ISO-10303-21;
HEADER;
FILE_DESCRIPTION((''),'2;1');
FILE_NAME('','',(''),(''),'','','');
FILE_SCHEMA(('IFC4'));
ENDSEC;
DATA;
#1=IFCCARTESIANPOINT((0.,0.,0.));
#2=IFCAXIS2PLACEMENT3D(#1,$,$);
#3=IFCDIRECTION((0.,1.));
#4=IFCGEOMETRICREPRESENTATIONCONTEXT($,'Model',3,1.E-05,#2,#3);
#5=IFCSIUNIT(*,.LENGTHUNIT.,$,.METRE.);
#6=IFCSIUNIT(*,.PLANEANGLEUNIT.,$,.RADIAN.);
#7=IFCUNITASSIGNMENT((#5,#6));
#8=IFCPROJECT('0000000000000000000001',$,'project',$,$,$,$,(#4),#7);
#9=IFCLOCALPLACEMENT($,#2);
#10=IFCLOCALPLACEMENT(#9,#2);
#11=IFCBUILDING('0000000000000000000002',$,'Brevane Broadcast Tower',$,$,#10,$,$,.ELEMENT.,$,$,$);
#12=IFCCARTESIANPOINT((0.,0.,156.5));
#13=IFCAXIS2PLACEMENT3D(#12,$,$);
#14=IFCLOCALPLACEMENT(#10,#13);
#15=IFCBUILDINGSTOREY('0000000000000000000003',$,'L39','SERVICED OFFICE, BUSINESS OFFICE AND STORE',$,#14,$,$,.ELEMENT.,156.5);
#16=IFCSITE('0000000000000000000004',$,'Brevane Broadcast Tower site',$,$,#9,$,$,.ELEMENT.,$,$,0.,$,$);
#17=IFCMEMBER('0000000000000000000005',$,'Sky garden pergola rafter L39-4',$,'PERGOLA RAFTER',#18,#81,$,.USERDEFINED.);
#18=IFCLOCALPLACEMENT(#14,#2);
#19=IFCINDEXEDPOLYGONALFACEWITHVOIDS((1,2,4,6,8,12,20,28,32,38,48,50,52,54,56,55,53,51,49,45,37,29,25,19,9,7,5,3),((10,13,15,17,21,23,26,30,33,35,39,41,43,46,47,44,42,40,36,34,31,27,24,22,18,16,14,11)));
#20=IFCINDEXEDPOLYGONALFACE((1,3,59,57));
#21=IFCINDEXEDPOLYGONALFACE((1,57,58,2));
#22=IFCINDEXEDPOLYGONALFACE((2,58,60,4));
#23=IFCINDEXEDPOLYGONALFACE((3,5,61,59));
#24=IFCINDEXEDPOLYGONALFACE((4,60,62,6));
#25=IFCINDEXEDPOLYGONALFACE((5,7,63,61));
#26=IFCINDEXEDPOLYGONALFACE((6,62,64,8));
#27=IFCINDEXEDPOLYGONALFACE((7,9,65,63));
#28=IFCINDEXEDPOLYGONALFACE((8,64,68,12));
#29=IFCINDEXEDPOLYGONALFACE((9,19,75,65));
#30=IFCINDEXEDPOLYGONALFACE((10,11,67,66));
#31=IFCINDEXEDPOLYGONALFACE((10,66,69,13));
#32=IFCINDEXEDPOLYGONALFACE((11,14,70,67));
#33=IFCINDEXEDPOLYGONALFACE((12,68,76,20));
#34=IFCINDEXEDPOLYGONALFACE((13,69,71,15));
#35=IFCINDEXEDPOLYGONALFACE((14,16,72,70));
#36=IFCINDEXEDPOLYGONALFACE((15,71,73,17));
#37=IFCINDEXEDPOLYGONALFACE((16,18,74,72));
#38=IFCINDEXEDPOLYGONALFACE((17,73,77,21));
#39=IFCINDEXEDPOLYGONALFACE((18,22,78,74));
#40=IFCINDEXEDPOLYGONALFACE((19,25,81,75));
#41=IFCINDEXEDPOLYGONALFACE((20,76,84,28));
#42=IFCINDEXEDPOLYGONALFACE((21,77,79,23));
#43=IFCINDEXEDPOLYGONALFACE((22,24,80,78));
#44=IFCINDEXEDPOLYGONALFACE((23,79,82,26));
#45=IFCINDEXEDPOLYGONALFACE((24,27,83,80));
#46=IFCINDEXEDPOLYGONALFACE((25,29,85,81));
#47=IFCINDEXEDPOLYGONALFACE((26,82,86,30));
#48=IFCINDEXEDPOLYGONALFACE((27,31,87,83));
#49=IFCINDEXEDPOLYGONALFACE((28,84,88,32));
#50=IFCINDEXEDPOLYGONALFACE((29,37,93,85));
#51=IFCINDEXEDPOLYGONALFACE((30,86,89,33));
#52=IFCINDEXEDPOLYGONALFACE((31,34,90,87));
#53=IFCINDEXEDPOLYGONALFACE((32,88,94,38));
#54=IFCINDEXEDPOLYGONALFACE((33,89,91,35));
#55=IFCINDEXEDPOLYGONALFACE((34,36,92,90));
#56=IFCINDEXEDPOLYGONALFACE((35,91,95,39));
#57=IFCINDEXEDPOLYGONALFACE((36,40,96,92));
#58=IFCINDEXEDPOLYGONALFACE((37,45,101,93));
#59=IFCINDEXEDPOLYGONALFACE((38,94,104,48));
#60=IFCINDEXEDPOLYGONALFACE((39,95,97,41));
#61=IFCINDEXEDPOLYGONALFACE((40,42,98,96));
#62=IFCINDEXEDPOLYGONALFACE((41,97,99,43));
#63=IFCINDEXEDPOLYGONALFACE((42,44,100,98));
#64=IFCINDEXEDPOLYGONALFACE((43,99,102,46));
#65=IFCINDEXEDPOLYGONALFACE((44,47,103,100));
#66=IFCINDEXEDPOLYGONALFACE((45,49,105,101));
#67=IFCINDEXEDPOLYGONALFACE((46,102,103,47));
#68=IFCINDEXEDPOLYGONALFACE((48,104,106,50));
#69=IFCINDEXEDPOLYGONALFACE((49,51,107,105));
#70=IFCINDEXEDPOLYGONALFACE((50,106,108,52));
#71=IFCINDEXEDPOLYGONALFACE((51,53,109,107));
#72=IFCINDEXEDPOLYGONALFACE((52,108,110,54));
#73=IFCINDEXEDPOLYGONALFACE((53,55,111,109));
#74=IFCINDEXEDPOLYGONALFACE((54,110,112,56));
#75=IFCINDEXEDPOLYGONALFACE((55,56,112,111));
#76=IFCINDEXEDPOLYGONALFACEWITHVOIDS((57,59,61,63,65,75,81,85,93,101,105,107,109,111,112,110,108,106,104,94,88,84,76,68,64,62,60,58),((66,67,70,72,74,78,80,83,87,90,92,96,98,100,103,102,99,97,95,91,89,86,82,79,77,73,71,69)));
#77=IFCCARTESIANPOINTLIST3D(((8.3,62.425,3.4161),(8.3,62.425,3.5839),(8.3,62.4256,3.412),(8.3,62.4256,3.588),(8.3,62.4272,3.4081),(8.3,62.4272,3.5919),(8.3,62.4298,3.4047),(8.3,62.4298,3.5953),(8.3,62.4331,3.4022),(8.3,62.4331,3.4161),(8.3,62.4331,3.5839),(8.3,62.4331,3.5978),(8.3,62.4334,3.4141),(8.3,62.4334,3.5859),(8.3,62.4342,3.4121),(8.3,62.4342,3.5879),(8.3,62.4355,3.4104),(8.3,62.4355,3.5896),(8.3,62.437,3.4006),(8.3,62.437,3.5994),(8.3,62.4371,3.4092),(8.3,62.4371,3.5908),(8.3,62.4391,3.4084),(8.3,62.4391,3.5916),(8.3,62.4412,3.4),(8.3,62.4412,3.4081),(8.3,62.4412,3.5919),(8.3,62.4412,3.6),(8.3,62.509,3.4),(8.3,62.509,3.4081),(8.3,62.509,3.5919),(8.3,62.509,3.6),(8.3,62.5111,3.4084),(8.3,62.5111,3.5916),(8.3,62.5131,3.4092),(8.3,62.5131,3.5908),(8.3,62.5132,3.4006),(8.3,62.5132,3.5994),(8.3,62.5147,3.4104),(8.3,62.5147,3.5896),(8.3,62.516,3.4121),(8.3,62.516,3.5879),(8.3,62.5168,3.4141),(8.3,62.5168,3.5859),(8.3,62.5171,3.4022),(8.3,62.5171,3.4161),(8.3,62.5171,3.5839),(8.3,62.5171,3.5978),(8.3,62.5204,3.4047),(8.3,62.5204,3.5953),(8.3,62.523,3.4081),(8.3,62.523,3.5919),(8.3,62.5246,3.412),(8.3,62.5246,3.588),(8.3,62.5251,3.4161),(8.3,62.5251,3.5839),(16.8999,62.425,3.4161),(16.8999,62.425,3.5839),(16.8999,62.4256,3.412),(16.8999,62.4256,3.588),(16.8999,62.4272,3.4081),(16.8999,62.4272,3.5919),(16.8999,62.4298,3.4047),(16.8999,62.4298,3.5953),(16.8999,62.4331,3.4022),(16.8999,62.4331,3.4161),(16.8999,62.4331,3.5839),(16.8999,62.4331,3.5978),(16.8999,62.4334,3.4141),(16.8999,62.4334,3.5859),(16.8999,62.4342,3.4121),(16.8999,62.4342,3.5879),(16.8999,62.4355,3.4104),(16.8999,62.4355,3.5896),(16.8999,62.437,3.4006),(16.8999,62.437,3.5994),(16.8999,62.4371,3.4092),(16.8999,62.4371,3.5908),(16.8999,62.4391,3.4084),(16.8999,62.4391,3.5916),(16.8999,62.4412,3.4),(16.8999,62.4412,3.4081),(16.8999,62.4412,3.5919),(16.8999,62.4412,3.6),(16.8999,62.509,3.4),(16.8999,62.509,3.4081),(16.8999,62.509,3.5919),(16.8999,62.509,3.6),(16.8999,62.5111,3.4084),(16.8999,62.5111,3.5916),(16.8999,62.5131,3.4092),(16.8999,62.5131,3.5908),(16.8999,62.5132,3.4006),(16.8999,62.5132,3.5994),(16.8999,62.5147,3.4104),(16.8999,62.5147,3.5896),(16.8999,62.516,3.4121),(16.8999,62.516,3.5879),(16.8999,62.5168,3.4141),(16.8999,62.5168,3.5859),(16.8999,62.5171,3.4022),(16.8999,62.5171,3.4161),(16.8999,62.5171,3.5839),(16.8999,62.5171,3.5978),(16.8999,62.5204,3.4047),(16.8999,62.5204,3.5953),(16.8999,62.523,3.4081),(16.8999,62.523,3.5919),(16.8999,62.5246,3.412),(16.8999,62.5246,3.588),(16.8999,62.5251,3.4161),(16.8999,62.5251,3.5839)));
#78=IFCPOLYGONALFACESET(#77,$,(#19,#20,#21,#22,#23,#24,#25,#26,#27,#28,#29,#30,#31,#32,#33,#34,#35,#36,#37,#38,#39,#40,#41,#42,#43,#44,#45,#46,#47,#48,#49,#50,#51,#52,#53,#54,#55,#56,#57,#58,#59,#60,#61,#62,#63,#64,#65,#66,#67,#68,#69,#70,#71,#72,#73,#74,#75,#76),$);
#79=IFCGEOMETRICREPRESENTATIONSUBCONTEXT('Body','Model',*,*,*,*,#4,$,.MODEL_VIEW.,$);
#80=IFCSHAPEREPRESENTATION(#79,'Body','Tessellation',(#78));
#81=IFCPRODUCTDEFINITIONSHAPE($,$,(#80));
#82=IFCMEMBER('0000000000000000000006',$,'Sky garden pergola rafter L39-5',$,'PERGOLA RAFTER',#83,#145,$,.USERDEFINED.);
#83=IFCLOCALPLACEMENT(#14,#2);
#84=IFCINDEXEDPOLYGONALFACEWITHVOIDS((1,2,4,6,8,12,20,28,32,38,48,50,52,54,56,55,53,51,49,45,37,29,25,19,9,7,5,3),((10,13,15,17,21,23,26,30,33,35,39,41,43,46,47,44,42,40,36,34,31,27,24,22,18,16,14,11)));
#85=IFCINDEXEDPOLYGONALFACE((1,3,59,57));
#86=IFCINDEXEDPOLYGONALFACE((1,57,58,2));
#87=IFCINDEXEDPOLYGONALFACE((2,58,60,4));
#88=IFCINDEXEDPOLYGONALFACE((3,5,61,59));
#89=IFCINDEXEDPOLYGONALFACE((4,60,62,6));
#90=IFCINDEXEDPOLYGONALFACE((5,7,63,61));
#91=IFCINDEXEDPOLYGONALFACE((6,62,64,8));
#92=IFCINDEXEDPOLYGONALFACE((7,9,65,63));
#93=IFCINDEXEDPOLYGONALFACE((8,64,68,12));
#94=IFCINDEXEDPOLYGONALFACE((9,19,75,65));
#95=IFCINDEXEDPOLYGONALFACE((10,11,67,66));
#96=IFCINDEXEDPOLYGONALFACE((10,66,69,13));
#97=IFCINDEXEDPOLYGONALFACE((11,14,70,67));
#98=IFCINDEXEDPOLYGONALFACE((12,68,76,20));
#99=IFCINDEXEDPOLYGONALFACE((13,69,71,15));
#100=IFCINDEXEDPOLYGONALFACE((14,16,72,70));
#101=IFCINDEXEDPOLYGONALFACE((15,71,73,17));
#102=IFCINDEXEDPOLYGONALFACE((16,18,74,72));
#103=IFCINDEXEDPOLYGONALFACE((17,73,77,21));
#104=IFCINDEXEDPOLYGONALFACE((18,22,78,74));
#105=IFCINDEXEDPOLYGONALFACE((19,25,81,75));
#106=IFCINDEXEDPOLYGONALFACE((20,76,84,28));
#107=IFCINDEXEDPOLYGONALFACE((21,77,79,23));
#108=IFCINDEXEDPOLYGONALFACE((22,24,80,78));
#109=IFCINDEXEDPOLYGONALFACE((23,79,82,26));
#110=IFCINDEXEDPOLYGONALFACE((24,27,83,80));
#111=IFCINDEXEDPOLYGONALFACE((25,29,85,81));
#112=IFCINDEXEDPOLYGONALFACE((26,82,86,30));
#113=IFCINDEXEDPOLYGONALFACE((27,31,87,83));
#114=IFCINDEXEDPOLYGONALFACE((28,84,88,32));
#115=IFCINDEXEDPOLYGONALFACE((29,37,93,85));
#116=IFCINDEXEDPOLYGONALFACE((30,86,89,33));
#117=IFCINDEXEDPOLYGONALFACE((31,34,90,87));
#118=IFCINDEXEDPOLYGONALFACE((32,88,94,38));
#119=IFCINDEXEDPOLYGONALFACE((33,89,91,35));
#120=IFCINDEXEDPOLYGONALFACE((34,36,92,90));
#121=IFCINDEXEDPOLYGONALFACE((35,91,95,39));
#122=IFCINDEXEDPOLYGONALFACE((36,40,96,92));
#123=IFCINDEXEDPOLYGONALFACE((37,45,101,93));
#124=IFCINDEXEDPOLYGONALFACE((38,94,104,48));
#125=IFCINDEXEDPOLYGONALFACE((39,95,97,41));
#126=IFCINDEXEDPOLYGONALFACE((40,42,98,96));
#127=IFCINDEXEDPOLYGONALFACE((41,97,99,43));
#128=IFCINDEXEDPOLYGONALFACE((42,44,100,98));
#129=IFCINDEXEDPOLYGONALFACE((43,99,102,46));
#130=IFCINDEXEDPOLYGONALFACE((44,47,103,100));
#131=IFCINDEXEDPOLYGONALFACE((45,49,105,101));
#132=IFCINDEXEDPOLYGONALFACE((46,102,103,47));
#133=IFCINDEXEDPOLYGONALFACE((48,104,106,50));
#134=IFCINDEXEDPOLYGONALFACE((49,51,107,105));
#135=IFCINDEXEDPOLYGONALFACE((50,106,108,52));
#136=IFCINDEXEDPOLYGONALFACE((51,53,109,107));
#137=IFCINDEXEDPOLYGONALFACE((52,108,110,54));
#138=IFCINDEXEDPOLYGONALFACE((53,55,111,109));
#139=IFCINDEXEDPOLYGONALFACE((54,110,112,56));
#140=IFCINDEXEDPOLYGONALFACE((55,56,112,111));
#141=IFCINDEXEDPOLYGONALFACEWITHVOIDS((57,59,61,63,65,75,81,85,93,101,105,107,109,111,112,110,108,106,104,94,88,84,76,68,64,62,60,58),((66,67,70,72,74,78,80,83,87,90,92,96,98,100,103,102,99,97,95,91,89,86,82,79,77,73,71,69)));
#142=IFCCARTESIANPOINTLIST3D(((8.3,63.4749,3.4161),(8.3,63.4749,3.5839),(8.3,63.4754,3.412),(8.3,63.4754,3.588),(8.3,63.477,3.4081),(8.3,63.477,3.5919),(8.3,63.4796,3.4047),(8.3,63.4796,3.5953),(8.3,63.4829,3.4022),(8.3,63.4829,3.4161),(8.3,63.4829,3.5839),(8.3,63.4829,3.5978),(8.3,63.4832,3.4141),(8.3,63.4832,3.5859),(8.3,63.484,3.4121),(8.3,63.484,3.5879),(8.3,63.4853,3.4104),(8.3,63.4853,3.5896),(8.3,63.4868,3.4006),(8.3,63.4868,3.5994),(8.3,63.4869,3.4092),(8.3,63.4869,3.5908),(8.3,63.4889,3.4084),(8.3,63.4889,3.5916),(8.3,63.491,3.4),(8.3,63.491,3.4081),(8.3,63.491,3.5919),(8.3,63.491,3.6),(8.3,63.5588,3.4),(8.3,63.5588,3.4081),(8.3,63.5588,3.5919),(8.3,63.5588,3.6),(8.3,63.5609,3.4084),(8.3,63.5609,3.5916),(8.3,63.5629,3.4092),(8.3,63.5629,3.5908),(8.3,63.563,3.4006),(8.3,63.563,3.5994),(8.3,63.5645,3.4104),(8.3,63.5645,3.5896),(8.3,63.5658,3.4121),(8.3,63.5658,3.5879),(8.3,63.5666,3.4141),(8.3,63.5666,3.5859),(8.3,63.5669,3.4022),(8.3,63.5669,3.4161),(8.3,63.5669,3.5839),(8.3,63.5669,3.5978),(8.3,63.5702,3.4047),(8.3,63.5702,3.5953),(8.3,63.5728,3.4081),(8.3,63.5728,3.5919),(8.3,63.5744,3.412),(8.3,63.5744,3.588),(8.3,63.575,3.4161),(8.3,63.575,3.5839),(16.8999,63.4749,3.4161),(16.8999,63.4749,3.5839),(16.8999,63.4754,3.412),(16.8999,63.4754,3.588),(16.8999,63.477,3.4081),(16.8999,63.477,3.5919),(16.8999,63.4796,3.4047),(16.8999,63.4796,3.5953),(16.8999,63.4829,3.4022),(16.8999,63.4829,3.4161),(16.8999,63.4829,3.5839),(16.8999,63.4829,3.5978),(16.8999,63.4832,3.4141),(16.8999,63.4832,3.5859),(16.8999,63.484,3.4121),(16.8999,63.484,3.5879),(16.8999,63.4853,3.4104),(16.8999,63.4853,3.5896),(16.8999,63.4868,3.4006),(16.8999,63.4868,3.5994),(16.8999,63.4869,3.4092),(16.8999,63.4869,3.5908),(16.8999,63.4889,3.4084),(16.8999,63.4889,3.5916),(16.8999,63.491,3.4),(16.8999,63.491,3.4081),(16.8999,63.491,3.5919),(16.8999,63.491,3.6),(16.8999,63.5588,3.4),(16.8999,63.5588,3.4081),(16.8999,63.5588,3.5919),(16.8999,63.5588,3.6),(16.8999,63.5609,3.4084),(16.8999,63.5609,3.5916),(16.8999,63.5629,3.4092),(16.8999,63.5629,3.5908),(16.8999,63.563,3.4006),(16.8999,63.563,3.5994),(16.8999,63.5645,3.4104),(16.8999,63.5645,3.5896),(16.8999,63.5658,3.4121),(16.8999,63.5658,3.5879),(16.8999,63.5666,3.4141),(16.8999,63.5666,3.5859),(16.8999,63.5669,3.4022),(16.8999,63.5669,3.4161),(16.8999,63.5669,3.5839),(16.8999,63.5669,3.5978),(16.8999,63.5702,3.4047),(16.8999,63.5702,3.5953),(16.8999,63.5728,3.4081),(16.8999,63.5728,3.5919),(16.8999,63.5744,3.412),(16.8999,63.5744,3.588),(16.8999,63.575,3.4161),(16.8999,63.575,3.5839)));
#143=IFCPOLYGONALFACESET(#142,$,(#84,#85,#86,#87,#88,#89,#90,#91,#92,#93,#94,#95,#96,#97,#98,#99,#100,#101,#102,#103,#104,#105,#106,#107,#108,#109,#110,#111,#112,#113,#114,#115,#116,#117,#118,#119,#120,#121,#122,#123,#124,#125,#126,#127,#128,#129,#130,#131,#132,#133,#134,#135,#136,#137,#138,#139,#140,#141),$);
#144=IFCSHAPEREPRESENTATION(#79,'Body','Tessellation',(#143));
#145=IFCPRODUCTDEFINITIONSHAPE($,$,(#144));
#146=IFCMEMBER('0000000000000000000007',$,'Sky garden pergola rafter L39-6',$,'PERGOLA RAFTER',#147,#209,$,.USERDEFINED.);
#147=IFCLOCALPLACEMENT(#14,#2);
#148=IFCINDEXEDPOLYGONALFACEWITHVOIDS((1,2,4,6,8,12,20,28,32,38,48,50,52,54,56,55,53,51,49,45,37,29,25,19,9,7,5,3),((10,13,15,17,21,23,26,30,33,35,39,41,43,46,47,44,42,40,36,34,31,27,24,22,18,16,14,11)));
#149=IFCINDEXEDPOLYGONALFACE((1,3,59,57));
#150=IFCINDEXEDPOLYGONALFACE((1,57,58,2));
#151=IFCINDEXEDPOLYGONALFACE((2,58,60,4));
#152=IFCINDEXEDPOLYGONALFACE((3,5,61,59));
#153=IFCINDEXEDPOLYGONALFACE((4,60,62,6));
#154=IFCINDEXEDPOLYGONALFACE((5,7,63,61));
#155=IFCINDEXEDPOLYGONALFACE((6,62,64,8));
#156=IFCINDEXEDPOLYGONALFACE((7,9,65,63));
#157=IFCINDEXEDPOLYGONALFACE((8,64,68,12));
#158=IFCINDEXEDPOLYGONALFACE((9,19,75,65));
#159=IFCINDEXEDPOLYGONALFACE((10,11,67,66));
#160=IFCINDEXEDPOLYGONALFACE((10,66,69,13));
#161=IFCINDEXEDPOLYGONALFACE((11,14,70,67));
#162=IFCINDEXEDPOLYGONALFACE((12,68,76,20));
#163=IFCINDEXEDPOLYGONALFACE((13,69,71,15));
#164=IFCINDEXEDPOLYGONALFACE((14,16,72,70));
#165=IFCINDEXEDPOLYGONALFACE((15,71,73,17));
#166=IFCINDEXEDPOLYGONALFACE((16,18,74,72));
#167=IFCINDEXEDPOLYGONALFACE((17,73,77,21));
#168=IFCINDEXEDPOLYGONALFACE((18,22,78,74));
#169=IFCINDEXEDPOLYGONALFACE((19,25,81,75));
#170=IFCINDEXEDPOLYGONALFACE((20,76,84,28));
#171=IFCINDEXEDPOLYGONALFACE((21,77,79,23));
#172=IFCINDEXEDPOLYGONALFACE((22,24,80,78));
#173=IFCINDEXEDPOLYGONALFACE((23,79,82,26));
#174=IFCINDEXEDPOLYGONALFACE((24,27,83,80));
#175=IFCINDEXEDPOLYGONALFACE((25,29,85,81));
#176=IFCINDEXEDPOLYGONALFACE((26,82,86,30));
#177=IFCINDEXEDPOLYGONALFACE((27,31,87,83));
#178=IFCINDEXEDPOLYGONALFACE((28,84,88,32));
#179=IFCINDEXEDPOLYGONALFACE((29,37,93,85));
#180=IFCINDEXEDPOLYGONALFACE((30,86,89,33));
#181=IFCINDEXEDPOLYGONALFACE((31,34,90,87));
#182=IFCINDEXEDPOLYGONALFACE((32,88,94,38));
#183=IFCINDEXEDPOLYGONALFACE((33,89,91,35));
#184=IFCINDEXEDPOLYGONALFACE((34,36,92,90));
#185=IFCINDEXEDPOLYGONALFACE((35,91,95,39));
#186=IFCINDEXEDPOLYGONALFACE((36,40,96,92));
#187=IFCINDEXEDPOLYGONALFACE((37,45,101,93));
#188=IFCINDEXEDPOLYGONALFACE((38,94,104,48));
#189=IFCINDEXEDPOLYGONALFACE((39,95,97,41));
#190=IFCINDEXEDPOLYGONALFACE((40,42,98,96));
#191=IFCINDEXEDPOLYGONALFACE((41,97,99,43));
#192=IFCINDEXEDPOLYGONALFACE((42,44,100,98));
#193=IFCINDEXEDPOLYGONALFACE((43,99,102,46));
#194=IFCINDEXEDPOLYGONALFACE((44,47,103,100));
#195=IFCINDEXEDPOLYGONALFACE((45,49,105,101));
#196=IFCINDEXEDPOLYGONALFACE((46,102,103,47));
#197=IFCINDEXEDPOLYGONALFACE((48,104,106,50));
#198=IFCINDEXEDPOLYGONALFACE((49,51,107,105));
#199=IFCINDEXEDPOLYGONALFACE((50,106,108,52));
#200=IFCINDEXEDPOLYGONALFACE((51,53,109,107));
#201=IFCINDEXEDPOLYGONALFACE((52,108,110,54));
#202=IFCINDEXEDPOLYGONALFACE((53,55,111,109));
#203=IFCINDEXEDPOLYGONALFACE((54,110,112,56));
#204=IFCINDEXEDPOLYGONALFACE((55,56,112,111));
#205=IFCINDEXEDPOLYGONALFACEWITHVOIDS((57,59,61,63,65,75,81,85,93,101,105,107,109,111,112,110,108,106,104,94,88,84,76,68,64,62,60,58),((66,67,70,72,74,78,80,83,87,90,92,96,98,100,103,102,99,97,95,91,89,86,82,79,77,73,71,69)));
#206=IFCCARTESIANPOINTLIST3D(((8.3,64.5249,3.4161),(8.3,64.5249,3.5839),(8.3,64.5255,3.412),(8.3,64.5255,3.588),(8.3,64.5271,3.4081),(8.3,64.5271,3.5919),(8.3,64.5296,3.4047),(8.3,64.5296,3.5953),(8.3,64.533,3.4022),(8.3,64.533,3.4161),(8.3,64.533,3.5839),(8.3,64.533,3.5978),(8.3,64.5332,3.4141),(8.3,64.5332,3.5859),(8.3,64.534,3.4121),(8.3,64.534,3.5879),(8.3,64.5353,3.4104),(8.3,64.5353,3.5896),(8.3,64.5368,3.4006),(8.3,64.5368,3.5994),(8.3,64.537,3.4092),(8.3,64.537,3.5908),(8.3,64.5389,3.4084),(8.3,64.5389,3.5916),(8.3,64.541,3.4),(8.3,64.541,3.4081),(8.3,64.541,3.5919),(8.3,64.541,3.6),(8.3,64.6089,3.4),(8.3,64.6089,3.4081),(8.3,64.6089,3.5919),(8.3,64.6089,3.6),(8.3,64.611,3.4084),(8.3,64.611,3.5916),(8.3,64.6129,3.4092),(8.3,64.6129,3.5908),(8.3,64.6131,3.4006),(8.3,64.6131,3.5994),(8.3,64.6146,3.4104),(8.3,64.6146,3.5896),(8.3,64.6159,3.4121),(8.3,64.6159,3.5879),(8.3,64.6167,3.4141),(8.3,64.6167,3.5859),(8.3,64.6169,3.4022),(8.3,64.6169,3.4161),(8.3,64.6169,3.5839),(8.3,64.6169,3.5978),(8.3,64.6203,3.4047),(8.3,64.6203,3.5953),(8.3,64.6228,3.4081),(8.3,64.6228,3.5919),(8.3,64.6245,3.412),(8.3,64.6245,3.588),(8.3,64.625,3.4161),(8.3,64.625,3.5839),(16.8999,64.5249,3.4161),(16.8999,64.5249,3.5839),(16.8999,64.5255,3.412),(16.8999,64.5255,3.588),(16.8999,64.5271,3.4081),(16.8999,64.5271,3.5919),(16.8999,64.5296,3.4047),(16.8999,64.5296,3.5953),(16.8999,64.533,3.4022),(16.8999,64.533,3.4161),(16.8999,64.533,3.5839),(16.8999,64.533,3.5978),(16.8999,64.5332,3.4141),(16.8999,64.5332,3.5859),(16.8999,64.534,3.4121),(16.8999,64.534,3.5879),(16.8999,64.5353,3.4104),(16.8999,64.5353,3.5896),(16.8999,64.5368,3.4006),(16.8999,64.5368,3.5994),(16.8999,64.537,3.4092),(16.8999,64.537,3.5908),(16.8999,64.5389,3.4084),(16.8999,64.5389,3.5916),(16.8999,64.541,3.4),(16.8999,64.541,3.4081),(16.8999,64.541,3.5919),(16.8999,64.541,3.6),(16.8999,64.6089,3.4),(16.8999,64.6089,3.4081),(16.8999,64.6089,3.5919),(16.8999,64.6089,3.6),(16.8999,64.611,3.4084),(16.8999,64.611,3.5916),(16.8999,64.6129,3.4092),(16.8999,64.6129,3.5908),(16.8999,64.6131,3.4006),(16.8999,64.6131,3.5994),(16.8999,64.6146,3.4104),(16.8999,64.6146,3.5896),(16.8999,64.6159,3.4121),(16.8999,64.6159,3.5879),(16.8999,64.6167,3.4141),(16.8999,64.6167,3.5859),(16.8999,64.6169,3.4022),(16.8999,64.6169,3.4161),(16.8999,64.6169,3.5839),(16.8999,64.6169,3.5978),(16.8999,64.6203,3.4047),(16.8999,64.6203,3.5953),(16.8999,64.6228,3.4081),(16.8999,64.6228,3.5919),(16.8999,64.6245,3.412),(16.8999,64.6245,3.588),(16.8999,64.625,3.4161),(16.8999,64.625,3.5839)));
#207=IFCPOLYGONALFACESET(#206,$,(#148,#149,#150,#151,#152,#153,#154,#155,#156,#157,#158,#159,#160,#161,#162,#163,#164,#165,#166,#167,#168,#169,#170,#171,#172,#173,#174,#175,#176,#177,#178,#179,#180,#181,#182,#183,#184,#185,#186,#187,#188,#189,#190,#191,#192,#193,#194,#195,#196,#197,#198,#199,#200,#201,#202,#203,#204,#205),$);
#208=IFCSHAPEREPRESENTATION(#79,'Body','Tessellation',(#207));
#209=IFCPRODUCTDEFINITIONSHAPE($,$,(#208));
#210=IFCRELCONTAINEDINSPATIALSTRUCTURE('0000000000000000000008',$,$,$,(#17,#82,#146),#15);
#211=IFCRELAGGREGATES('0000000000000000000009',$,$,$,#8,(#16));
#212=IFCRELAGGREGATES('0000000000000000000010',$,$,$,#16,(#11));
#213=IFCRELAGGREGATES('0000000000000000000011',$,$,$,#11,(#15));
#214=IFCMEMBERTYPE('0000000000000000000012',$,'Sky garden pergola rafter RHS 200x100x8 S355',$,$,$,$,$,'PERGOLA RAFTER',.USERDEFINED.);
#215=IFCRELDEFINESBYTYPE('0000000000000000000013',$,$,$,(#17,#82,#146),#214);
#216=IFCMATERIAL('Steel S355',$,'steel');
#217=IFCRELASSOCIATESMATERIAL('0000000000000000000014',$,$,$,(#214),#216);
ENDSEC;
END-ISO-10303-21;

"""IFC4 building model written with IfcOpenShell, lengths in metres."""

from ifc_helpers import new_model, si_unit, direction, frame, origin, origin_2d, place, context, subcontext, project, spatial, hollow_rectangle, extrude, material, material_profile, profile_set, type_object, element, save


model = new_model("IFC4")

# Units and contexts
model_context = context("Model", 3, precision=1e-05, world=origin(), true_north=direction((0.0, 1.0)))
body_context = subcontext(model_context, "Body", "Model", "MODEL_VIEW")
ifc_project = project(units=[si_unit("LENGTHUNIT", "METRE"), si_unit("PLANEANGLEUNIT", "RADIAN")], contexts=[model_context])

# Site, building, storey
site_placement = place(None, origin())
site = spatial("IfcSite", under=ifc_project, at=site_placement, Name="Brevane Broadcast Tower site", CompositionType="ELEMENT", RefElevation=0.0)
building_placement = place(site_placement, origin())
building = spatial("IfcBuilding", under=site, at=building_placement, Name="Brevane Broadcast Tower", CompositionType="ELEMENT")
storey_placement = place(building_placement, frame((0.0, 0.0, 156.5)))
storey = spatial("IfcBuildingStorey", under=building, at=storey_placement, Name="L39", Description="SERVICED OFFICE, BUSINESS OFFICE AND STORE", CompositionType="ELEMENT", Elevation=156.5)

# Members
ifc_material_1 = material(Name="Steel S355", Category="steel")
ifc_material_profile_1 = material_profile(ifc_material_1, hollow_rectangle(XDim=0.1001, YDim=0.2, WallThickness=0.0081, InnerFilletRadius=0.0081, OuterFilletRadius=0.0161, at=origin_2d()), Name="RHS 200x100x8")
ifc_profile_set_1 = profile_set([ifc_material_profile_1], Name="Steel S355")
member_type_1 = type_object("IfcMemberType", Name="Sky garden pergola rafter RHS 200x100x8 S355", ElementType="PERGOLA RAFTER", PredefinedType="USERDEFINED", material=ifc_profile_set_1)
for number, where, z_axis, x_axis, name in (
    (1, (8.3, 62.4751, 3.5), (1.0, 0.0, 0.0), (0.0, 1.0, 0.0), "Sky garden pergola rafter L39-4"),
    (2, (8.3, 63.5249, 3.5), (1.0, 0.0, 0.0), (0.0, 1.0, 0.0), "Sky garden pergola rafter L39-5"),
    (3, (8.3, 64.575, 3.5), (1.0, 0.0, 0.0), (0.0, 1.0, 0.0), "Sky garden pergola rafter L39-6"),
):
    element("IfcMember", number, at=place(storey_placement, frame(where, z_axis=z_axis, x_axis=x_axis)), inside=storey, type_object=member_type_1, Name=name, ObjectType="PERGOLA RAFTER", PredefinedType="USERDEFINED", context=body_context, shape_type="SweptSolid", body=[
        extrude(hollow_rectangle(XDim=0.1001, YDim=0.2, WallThickness=0.0081, InnerFilletRadius=0.0081, OuterFilletRadius=0.0161, at=origin_2d()), origin(), (0.0, 0.0, 1.0), 8.5999),
    ])

save(model, "model.ifc")
